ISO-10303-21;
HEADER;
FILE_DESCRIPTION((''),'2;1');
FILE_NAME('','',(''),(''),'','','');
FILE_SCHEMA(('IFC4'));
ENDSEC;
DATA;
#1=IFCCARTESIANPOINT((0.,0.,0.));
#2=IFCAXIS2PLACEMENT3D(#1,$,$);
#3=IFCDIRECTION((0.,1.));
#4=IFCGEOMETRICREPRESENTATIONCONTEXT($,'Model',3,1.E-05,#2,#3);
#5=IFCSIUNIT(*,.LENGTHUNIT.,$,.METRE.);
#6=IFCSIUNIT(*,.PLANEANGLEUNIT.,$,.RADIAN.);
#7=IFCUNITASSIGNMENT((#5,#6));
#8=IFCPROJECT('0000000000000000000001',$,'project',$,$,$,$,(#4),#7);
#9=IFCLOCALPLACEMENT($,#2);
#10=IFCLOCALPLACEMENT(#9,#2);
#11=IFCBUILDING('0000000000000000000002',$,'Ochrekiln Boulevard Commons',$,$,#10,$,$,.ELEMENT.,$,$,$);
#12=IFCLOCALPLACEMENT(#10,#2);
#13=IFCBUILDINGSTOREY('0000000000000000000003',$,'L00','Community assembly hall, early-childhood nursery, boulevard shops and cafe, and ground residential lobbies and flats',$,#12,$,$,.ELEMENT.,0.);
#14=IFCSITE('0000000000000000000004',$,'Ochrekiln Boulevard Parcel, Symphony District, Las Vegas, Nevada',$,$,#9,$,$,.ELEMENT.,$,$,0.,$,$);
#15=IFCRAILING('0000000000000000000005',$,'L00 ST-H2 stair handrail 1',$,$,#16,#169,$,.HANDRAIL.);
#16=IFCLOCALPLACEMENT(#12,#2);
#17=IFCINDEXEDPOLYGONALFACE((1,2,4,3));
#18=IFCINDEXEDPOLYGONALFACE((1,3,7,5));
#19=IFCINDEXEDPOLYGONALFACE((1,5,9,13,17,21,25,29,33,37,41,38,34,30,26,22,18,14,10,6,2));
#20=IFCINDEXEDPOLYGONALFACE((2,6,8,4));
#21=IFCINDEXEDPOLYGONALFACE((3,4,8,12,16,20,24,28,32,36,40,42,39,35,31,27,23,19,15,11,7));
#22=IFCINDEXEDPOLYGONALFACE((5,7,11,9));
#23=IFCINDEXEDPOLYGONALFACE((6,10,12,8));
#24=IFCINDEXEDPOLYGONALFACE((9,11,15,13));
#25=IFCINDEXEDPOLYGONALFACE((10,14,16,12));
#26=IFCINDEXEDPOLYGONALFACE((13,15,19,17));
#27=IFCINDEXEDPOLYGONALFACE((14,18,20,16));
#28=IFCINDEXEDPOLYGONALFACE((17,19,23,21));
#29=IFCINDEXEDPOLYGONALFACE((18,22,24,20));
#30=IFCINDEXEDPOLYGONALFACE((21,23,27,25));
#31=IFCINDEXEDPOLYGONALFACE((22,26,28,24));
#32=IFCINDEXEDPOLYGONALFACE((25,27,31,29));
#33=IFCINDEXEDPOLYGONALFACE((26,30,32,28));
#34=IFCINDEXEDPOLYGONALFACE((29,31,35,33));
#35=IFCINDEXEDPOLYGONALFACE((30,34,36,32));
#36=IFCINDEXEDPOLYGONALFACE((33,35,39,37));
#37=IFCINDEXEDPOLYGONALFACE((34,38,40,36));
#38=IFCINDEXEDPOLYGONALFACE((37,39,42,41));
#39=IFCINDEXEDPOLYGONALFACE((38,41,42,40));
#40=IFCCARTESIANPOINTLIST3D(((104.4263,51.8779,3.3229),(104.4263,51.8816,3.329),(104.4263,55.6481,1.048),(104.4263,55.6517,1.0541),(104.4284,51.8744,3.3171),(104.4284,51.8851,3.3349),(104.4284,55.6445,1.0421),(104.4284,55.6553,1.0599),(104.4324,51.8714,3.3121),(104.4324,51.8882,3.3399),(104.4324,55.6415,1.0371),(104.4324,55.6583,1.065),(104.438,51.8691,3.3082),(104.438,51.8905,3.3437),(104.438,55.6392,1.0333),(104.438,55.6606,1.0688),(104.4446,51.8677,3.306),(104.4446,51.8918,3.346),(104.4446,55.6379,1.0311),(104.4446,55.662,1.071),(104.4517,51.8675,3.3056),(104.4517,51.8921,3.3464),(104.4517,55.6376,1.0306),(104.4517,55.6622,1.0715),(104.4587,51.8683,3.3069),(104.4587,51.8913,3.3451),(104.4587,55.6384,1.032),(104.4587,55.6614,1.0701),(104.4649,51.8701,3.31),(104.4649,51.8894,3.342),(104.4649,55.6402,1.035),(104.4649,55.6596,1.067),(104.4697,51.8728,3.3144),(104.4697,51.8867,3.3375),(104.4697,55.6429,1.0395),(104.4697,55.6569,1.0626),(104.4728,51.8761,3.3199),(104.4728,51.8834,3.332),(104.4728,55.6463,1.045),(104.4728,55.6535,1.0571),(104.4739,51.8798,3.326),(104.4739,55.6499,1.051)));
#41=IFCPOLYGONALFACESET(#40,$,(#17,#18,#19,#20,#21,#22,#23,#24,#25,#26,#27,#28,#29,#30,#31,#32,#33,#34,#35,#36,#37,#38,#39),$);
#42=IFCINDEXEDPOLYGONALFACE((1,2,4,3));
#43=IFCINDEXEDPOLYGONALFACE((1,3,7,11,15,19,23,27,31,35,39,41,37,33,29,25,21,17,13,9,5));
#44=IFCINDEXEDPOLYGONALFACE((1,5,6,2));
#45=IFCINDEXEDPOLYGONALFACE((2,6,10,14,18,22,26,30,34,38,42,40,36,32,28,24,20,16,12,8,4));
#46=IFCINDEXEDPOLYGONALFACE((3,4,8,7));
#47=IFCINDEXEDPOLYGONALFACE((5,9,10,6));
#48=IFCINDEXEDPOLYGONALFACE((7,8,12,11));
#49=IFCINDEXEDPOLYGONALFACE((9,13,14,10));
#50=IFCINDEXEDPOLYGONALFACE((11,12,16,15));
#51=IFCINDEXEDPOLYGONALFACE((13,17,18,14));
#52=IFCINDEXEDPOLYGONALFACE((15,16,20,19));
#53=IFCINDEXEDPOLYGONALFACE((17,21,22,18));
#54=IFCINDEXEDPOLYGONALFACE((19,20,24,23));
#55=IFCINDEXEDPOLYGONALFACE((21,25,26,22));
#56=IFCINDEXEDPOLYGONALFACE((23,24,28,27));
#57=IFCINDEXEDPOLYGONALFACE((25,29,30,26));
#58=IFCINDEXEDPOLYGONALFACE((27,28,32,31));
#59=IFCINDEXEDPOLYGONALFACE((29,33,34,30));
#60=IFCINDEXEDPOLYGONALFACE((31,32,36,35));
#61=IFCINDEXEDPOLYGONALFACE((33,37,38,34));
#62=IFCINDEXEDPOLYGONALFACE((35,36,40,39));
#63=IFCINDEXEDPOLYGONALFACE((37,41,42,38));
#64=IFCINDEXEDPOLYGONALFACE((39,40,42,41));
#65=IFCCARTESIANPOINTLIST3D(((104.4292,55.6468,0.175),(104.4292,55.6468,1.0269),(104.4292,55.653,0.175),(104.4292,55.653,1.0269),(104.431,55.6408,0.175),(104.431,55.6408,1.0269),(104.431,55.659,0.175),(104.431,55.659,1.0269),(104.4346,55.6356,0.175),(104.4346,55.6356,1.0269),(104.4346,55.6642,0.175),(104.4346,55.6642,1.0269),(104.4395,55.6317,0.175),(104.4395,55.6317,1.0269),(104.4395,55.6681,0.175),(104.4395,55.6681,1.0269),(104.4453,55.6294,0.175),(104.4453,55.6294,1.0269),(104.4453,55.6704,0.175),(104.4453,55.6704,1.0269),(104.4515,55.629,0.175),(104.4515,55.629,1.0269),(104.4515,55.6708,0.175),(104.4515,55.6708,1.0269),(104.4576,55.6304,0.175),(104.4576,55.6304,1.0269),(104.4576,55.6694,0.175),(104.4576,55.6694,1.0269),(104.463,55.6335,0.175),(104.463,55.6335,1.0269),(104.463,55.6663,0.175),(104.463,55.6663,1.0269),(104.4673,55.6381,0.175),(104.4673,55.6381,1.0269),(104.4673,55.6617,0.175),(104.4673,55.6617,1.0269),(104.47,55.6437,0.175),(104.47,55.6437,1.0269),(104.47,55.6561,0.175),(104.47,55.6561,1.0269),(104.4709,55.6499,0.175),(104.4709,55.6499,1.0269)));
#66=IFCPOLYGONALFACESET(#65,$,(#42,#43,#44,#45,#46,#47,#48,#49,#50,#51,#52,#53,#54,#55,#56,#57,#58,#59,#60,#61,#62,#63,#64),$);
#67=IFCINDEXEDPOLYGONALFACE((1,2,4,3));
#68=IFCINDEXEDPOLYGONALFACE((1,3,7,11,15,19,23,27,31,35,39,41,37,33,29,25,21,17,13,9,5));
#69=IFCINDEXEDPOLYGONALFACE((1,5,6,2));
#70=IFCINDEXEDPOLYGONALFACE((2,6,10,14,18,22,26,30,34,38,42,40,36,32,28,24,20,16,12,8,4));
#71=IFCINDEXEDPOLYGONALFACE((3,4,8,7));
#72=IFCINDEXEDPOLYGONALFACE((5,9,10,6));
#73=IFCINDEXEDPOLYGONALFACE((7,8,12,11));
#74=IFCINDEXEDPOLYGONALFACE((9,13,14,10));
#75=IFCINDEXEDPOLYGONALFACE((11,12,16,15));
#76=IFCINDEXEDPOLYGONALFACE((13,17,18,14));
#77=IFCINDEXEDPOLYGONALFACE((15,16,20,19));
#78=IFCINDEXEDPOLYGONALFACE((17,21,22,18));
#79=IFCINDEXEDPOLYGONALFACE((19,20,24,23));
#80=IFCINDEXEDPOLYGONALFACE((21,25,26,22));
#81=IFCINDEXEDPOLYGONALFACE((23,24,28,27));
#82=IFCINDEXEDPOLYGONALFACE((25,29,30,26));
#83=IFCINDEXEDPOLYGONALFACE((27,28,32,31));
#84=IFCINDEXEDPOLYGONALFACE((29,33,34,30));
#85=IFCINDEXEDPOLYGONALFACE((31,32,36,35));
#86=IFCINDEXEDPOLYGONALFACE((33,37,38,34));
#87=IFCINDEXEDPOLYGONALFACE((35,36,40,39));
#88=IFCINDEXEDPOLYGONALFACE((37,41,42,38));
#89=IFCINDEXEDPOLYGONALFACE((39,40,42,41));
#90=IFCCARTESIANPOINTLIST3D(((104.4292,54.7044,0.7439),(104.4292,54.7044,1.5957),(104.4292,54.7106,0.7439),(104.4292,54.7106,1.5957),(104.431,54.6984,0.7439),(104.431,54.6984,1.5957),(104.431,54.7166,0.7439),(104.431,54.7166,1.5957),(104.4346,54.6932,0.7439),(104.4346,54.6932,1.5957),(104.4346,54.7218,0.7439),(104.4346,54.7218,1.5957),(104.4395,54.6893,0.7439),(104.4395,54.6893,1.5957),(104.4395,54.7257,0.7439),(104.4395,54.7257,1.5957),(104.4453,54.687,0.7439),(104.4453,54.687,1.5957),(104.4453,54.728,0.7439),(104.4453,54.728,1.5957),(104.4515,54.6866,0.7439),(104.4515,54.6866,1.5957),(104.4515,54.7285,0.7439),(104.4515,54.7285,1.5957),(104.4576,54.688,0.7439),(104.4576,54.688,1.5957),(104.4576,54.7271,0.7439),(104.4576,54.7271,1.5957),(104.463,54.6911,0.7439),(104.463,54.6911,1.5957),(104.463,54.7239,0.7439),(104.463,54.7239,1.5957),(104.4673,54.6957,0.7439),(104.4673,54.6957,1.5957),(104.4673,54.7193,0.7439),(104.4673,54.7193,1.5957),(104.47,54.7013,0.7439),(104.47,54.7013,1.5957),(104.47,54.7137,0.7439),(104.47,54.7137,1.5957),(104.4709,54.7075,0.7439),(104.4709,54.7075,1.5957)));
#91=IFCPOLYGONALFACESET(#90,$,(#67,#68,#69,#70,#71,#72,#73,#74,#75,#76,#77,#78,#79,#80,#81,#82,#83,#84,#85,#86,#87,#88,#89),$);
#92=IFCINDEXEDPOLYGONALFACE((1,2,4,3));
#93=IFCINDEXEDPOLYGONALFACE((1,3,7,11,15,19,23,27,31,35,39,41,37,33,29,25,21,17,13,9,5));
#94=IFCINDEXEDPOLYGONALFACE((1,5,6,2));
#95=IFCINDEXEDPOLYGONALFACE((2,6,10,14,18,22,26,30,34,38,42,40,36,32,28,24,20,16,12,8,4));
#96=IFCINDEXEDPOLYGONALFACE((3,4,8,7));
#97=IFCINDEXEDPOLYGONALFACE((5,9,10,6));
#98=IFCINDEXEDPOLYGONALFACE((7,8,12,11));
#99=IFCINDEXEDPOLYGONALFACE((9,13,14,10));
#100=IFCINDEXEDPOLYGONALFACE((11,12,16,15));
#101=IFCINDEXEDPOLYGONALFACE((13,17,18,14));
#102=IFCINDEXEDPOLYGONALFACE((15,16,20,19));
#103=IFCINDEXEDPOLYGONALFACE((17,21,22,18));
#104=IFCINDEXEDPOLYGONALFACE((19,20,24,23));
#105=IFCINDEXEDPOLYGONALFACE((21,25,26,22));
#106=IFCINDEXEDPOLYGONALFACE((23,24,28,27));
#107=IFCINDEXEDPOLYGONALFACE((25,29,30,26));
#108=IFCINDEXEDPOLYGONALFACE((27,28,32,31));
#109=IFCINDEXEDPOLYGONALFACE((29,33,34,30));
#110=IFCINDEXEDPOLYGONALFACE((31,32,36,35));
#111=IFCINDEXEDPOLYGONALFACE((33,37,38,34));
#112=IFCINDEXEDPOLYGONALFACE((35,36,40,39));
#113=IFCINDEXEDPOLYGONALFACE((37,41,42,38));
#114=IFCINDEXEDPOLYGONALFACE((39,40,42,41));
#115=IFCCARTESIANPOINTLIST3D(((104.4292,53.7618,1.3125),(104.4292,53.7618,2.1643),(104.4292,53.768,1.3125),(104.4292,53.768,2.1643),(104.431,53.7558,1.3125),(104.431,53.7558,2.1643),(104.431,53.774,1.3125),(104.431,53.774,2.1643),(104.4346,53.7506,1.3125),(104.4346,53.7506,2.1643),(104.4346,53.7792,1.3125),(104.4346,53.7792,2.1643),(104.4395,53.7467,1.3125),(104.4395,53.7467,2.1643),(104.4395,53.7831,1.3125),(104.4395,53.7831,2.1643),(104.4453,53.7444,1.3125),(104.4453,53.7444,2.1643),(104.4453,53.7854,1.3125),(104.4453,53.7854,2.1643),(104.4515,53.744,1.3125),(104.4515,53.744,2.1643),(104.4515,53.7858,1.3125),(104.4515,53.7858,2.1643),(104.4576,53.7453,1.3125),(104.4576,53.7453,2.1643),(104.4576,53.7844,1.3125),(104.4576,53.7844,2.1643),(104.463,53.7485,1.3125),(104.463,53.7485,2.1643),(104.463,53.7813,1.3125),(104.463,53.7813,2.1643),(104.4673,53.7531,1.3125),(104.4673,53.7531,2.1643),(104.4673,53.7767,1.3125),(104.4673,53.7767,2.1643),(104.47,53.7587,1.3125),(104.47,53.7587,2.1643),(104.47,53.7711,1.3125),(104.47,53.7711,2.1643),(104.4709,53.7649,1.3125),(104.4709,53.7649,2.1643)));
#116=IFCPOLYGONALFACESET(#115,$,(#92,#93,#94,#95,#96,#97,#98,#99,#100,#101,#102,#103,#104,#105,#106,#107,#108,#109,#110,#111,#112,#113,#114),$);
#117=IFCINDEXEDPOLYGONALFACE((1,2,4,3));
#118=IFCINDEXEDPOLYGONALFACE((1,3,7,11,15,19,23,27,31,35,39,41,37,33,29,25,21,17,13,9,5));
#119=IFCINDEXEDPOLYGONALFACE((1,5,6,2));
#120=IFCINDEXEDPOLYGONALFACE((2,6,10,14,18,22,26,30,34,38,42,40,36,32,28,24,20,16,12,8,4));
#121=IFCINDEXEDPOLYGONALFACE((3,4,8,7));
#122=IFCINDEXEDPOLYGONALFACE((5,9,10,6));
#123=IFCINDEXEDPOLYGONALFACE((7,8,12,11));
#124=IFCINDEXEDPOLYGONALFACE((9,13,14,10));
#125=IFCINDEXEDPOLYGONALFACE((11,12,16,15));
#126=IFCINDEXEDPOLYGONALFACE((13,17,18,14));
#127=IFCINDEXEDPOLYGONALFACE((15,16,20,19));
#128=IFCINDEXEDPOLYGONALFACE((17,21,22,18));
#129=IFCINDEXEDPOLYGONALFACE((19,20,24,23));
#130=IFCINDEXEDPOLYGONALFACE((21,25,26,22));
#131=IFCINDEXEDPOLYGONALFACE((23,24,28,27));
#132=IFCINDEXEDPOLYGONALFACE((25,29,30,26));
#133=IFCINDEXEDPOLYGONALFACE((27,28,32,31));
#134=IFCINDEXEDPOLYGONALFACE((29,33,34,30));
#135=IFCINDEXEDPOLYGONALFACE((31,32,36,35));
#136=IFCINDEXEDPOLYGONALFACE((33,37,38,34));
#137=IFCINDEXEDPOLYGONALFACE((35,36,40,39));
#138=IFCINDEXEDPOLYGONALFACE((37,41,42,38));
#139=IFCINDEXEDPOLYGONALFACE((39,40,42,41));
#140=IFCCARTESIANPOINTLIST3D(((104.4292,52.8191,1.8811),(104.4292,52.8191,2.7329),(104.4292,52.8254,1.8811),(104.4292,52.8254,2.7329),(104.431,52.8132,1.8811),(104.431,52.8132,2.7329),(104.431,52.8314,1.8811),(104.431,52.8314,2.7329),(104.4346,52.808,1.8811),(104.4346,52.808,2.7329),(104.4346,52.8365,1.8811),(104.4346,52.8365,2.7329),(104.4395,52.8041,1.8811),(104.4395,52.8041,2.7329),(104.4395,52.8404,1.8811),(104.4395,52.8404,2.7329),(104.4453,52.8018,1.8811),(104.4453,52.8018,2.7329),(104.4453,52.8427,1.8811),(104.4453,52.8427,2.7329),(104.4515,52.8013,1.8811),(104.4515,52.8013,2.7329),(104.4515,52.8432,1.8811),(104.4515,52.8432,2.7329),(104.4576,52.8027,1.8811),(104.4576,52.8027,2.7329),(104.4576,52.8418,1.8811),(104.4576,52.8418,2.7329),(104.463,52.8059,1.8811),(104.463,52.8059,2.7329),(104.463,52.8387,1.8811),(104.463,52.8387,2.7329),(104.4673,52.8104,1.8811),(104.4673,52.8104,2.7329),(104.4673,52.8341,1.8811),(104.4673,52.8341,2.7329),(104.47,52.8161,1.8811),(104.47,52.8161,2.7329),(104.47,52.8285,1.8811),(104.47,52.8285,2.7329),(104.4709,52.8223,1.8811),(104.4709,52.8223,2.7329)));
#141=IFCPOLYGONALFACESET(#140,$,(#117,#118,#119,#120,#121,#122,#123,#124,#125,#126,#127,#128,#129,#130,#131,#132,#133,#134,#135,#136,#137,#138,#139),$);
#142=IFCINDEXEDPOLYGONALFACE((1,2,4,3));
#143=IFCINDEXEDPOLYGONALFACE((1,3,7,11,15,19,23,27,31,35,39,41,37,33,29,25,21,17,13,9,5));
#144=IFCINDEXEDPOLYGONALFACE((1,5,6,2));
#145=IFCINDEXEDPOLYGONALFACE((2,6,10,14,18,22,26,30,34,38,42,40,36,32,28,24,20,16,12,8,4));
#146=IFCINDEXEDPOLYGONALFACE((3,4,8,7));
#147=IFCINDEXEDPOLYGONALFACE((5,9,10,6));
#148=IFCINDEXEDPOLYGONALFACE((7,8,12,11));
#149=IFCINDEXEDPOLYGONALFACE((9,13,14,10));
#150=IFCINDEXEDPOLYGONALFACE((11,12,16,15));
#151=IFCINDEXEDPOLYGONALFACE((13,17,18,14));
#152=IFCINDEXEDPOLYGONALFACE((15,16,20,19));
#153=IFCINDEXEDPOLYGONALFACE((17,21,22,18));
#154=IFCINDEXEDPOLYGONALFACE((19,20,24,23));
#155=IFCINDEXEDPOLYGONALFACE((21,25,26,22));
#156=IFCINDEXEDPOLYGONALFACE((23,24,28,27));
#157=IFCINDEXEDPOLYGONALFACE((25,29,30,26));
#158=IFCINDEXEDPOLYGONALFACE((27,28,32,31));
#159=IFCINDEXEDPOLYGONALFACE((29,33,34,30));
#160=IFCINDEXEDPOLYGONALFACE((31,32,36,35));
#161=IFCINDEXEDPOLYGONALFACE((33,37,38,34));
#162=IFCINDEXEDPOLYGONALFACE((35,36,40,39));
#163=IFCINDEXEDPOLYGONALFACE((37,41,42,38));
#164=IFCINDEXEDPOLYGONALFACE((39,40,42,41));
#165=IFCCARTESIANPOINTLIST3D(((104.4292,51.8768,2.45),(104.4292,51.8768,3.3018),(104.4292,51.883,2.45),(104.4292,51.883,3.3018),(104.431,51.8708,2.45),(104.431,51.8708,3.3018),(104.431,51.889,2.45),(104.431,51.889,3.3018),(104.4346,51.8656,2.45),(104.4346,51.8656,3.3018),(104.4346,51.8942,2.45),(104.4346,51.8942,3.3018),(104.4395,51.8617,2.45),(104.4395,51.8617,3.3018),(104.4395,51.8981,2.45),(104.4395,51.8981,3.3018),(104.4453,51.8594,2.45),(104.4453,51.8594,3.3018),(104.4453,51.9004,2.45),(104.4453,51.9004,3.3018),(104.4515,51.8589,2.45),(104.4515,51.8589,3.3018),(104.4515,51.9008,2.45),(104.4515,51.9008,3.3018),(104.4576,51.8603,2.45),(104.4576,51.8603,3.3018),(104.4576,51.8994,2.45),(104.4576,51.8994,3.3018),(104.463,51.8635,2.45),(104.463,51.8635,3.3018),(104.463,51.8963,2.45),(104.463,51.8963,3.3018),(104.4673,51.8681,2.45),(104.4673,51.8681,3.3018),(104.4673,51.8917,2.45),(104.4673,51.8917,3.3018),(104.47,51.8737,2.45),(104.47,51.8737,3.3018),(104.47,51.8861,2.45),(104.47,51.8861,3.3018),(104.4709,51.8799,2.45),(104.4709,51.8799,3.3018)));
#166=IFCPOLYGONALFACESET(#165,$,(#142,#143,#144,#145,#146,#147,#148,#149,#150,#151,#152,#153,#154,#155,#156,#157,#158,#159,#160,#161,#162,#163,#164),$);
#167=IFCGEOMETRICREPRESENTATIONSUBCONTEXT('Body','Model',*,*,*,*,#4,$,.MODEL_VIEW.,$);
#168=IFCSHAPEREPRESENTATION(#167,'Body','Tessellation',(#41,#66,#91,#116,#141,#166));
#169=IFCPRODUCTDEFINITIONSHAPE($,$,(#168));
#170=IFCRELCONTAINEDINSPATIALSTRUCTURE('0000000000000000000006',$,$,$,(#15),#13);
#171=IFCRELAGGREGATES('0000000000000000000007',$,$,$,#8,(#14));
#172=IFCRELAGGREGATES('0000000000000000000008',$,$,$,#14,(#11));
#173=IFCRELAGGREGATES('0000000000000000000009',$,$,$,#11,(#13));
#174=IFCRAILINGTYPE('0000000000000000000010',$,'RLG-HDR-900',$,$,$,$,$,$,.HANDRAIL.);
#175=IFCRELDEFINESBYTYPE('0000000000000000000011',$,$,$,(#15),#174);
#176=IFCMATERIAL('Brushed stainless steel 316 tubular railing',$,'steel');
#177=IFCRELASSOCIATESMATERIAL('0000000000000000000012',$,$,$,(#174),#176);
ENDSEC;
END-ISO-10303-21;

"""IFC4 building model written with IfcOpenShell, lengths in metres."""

from ifc_helpers import new_model, si_unit, direction, frame, origin, origin_2d, place, context, subcontext, project, spatial, circle, extrude, material, type_object, element, save


model = new_model("IFC4")

# Units and contexts
model_context = context("Model", 3, precision=1e-05, world=origin(), true_north=direction((0.0, 1.0)))
body_context = subcontext(model_context, "Body", "Model", "MODEL_VIEW")
ifc_project = project(units=[si_unit("LENGTHUNIT", "METRE"), si_unit("PLANEANGLEUNIT", "RADIAN")], contexts=[model_context])

# Site, building, storey
site_placement = place(None, origin())
site = spatial("IfcSite", under=ifc_project, at=site_placement, Name="Ochrekiln Boulevard Parcel, Symphony District, Las Vegas, Nevada", CompositionType="ELEMENT", RefElevation=0.0)
building_placement = place(site_placement, origin())
building = spatial("IfcBuilding", under=site, at=building_placement, Name="Ochrekiln Boulevard Commons", CompositionType="ELEMENT")
storey_placement = place(building_placement, origin())
storey = spatial("IfcBuildingStorey", under=building, at=storey_placement, Name="L00", Description="Community assembly hall, early-childhood nursery, boulevard shops and cafe, and ground residential lobbies and flats", CompositionType="ELEMENT", Elevation=0.0)

# Railing
ifc_material_1 = material(Name="Brushed stainless steel 316 tubular railing", Category="steel")
railing_type_1 = type_object("IfcRailingType", Name="RLG-HDR-900", PredefinedType="HANDRAIL", material=ifc_material_1)
railing_1_placement = place(storey_placement, frame((104.45, 55.6499, 0.175)))
element("IfcRailing", 1, at=railing_1_placement, inside=storey, type_object=railing_type_1, Name="L00 ST-H2 stair handrail 1", PredefinedType="HANDRAIL", context=body_context, shape_type="SweptSolid", body=[
    extrude(circle(Radius=0.0239, at=origin_2d()), frame((0.0, 0.0, 0.876), z_axis=(0.0, -0.856199, 0.516647), x_axis=(1.0, 0.0, 0.0)), (0.0, 0.0, 1.0), 4.4033),
    extrude(circle(Radius=0.021, at=origin_2d()), origin(), (0.0, 0.0, 1.0), 0.8518),
    extrude(circle(Radius=0.021, at=origin_2d()), frame((0.0, -0.9424, 0.5688)), (0.0, 0.0, 1.0), 0.8518),
    extrude(circle(Radius=0.021, at=origin_2d()), frame((0.0, -1.885, 1.1375)), (0.0, 0.0, 1.0), 0.8518),
    extrude(circle(Radius=0.021, at=origin_2d()), frame((0.0, -2.8276, 1.7061)), (0.0, 0.0, 1.0), 0.8518),
    extrude(circle(Radius=0.021, at=origin_2d()), frame((0.0, -3.77, 2.2749)), (0.0, 0.0, 1.0), 0.8518),
])

save(model, "model.ifc")
